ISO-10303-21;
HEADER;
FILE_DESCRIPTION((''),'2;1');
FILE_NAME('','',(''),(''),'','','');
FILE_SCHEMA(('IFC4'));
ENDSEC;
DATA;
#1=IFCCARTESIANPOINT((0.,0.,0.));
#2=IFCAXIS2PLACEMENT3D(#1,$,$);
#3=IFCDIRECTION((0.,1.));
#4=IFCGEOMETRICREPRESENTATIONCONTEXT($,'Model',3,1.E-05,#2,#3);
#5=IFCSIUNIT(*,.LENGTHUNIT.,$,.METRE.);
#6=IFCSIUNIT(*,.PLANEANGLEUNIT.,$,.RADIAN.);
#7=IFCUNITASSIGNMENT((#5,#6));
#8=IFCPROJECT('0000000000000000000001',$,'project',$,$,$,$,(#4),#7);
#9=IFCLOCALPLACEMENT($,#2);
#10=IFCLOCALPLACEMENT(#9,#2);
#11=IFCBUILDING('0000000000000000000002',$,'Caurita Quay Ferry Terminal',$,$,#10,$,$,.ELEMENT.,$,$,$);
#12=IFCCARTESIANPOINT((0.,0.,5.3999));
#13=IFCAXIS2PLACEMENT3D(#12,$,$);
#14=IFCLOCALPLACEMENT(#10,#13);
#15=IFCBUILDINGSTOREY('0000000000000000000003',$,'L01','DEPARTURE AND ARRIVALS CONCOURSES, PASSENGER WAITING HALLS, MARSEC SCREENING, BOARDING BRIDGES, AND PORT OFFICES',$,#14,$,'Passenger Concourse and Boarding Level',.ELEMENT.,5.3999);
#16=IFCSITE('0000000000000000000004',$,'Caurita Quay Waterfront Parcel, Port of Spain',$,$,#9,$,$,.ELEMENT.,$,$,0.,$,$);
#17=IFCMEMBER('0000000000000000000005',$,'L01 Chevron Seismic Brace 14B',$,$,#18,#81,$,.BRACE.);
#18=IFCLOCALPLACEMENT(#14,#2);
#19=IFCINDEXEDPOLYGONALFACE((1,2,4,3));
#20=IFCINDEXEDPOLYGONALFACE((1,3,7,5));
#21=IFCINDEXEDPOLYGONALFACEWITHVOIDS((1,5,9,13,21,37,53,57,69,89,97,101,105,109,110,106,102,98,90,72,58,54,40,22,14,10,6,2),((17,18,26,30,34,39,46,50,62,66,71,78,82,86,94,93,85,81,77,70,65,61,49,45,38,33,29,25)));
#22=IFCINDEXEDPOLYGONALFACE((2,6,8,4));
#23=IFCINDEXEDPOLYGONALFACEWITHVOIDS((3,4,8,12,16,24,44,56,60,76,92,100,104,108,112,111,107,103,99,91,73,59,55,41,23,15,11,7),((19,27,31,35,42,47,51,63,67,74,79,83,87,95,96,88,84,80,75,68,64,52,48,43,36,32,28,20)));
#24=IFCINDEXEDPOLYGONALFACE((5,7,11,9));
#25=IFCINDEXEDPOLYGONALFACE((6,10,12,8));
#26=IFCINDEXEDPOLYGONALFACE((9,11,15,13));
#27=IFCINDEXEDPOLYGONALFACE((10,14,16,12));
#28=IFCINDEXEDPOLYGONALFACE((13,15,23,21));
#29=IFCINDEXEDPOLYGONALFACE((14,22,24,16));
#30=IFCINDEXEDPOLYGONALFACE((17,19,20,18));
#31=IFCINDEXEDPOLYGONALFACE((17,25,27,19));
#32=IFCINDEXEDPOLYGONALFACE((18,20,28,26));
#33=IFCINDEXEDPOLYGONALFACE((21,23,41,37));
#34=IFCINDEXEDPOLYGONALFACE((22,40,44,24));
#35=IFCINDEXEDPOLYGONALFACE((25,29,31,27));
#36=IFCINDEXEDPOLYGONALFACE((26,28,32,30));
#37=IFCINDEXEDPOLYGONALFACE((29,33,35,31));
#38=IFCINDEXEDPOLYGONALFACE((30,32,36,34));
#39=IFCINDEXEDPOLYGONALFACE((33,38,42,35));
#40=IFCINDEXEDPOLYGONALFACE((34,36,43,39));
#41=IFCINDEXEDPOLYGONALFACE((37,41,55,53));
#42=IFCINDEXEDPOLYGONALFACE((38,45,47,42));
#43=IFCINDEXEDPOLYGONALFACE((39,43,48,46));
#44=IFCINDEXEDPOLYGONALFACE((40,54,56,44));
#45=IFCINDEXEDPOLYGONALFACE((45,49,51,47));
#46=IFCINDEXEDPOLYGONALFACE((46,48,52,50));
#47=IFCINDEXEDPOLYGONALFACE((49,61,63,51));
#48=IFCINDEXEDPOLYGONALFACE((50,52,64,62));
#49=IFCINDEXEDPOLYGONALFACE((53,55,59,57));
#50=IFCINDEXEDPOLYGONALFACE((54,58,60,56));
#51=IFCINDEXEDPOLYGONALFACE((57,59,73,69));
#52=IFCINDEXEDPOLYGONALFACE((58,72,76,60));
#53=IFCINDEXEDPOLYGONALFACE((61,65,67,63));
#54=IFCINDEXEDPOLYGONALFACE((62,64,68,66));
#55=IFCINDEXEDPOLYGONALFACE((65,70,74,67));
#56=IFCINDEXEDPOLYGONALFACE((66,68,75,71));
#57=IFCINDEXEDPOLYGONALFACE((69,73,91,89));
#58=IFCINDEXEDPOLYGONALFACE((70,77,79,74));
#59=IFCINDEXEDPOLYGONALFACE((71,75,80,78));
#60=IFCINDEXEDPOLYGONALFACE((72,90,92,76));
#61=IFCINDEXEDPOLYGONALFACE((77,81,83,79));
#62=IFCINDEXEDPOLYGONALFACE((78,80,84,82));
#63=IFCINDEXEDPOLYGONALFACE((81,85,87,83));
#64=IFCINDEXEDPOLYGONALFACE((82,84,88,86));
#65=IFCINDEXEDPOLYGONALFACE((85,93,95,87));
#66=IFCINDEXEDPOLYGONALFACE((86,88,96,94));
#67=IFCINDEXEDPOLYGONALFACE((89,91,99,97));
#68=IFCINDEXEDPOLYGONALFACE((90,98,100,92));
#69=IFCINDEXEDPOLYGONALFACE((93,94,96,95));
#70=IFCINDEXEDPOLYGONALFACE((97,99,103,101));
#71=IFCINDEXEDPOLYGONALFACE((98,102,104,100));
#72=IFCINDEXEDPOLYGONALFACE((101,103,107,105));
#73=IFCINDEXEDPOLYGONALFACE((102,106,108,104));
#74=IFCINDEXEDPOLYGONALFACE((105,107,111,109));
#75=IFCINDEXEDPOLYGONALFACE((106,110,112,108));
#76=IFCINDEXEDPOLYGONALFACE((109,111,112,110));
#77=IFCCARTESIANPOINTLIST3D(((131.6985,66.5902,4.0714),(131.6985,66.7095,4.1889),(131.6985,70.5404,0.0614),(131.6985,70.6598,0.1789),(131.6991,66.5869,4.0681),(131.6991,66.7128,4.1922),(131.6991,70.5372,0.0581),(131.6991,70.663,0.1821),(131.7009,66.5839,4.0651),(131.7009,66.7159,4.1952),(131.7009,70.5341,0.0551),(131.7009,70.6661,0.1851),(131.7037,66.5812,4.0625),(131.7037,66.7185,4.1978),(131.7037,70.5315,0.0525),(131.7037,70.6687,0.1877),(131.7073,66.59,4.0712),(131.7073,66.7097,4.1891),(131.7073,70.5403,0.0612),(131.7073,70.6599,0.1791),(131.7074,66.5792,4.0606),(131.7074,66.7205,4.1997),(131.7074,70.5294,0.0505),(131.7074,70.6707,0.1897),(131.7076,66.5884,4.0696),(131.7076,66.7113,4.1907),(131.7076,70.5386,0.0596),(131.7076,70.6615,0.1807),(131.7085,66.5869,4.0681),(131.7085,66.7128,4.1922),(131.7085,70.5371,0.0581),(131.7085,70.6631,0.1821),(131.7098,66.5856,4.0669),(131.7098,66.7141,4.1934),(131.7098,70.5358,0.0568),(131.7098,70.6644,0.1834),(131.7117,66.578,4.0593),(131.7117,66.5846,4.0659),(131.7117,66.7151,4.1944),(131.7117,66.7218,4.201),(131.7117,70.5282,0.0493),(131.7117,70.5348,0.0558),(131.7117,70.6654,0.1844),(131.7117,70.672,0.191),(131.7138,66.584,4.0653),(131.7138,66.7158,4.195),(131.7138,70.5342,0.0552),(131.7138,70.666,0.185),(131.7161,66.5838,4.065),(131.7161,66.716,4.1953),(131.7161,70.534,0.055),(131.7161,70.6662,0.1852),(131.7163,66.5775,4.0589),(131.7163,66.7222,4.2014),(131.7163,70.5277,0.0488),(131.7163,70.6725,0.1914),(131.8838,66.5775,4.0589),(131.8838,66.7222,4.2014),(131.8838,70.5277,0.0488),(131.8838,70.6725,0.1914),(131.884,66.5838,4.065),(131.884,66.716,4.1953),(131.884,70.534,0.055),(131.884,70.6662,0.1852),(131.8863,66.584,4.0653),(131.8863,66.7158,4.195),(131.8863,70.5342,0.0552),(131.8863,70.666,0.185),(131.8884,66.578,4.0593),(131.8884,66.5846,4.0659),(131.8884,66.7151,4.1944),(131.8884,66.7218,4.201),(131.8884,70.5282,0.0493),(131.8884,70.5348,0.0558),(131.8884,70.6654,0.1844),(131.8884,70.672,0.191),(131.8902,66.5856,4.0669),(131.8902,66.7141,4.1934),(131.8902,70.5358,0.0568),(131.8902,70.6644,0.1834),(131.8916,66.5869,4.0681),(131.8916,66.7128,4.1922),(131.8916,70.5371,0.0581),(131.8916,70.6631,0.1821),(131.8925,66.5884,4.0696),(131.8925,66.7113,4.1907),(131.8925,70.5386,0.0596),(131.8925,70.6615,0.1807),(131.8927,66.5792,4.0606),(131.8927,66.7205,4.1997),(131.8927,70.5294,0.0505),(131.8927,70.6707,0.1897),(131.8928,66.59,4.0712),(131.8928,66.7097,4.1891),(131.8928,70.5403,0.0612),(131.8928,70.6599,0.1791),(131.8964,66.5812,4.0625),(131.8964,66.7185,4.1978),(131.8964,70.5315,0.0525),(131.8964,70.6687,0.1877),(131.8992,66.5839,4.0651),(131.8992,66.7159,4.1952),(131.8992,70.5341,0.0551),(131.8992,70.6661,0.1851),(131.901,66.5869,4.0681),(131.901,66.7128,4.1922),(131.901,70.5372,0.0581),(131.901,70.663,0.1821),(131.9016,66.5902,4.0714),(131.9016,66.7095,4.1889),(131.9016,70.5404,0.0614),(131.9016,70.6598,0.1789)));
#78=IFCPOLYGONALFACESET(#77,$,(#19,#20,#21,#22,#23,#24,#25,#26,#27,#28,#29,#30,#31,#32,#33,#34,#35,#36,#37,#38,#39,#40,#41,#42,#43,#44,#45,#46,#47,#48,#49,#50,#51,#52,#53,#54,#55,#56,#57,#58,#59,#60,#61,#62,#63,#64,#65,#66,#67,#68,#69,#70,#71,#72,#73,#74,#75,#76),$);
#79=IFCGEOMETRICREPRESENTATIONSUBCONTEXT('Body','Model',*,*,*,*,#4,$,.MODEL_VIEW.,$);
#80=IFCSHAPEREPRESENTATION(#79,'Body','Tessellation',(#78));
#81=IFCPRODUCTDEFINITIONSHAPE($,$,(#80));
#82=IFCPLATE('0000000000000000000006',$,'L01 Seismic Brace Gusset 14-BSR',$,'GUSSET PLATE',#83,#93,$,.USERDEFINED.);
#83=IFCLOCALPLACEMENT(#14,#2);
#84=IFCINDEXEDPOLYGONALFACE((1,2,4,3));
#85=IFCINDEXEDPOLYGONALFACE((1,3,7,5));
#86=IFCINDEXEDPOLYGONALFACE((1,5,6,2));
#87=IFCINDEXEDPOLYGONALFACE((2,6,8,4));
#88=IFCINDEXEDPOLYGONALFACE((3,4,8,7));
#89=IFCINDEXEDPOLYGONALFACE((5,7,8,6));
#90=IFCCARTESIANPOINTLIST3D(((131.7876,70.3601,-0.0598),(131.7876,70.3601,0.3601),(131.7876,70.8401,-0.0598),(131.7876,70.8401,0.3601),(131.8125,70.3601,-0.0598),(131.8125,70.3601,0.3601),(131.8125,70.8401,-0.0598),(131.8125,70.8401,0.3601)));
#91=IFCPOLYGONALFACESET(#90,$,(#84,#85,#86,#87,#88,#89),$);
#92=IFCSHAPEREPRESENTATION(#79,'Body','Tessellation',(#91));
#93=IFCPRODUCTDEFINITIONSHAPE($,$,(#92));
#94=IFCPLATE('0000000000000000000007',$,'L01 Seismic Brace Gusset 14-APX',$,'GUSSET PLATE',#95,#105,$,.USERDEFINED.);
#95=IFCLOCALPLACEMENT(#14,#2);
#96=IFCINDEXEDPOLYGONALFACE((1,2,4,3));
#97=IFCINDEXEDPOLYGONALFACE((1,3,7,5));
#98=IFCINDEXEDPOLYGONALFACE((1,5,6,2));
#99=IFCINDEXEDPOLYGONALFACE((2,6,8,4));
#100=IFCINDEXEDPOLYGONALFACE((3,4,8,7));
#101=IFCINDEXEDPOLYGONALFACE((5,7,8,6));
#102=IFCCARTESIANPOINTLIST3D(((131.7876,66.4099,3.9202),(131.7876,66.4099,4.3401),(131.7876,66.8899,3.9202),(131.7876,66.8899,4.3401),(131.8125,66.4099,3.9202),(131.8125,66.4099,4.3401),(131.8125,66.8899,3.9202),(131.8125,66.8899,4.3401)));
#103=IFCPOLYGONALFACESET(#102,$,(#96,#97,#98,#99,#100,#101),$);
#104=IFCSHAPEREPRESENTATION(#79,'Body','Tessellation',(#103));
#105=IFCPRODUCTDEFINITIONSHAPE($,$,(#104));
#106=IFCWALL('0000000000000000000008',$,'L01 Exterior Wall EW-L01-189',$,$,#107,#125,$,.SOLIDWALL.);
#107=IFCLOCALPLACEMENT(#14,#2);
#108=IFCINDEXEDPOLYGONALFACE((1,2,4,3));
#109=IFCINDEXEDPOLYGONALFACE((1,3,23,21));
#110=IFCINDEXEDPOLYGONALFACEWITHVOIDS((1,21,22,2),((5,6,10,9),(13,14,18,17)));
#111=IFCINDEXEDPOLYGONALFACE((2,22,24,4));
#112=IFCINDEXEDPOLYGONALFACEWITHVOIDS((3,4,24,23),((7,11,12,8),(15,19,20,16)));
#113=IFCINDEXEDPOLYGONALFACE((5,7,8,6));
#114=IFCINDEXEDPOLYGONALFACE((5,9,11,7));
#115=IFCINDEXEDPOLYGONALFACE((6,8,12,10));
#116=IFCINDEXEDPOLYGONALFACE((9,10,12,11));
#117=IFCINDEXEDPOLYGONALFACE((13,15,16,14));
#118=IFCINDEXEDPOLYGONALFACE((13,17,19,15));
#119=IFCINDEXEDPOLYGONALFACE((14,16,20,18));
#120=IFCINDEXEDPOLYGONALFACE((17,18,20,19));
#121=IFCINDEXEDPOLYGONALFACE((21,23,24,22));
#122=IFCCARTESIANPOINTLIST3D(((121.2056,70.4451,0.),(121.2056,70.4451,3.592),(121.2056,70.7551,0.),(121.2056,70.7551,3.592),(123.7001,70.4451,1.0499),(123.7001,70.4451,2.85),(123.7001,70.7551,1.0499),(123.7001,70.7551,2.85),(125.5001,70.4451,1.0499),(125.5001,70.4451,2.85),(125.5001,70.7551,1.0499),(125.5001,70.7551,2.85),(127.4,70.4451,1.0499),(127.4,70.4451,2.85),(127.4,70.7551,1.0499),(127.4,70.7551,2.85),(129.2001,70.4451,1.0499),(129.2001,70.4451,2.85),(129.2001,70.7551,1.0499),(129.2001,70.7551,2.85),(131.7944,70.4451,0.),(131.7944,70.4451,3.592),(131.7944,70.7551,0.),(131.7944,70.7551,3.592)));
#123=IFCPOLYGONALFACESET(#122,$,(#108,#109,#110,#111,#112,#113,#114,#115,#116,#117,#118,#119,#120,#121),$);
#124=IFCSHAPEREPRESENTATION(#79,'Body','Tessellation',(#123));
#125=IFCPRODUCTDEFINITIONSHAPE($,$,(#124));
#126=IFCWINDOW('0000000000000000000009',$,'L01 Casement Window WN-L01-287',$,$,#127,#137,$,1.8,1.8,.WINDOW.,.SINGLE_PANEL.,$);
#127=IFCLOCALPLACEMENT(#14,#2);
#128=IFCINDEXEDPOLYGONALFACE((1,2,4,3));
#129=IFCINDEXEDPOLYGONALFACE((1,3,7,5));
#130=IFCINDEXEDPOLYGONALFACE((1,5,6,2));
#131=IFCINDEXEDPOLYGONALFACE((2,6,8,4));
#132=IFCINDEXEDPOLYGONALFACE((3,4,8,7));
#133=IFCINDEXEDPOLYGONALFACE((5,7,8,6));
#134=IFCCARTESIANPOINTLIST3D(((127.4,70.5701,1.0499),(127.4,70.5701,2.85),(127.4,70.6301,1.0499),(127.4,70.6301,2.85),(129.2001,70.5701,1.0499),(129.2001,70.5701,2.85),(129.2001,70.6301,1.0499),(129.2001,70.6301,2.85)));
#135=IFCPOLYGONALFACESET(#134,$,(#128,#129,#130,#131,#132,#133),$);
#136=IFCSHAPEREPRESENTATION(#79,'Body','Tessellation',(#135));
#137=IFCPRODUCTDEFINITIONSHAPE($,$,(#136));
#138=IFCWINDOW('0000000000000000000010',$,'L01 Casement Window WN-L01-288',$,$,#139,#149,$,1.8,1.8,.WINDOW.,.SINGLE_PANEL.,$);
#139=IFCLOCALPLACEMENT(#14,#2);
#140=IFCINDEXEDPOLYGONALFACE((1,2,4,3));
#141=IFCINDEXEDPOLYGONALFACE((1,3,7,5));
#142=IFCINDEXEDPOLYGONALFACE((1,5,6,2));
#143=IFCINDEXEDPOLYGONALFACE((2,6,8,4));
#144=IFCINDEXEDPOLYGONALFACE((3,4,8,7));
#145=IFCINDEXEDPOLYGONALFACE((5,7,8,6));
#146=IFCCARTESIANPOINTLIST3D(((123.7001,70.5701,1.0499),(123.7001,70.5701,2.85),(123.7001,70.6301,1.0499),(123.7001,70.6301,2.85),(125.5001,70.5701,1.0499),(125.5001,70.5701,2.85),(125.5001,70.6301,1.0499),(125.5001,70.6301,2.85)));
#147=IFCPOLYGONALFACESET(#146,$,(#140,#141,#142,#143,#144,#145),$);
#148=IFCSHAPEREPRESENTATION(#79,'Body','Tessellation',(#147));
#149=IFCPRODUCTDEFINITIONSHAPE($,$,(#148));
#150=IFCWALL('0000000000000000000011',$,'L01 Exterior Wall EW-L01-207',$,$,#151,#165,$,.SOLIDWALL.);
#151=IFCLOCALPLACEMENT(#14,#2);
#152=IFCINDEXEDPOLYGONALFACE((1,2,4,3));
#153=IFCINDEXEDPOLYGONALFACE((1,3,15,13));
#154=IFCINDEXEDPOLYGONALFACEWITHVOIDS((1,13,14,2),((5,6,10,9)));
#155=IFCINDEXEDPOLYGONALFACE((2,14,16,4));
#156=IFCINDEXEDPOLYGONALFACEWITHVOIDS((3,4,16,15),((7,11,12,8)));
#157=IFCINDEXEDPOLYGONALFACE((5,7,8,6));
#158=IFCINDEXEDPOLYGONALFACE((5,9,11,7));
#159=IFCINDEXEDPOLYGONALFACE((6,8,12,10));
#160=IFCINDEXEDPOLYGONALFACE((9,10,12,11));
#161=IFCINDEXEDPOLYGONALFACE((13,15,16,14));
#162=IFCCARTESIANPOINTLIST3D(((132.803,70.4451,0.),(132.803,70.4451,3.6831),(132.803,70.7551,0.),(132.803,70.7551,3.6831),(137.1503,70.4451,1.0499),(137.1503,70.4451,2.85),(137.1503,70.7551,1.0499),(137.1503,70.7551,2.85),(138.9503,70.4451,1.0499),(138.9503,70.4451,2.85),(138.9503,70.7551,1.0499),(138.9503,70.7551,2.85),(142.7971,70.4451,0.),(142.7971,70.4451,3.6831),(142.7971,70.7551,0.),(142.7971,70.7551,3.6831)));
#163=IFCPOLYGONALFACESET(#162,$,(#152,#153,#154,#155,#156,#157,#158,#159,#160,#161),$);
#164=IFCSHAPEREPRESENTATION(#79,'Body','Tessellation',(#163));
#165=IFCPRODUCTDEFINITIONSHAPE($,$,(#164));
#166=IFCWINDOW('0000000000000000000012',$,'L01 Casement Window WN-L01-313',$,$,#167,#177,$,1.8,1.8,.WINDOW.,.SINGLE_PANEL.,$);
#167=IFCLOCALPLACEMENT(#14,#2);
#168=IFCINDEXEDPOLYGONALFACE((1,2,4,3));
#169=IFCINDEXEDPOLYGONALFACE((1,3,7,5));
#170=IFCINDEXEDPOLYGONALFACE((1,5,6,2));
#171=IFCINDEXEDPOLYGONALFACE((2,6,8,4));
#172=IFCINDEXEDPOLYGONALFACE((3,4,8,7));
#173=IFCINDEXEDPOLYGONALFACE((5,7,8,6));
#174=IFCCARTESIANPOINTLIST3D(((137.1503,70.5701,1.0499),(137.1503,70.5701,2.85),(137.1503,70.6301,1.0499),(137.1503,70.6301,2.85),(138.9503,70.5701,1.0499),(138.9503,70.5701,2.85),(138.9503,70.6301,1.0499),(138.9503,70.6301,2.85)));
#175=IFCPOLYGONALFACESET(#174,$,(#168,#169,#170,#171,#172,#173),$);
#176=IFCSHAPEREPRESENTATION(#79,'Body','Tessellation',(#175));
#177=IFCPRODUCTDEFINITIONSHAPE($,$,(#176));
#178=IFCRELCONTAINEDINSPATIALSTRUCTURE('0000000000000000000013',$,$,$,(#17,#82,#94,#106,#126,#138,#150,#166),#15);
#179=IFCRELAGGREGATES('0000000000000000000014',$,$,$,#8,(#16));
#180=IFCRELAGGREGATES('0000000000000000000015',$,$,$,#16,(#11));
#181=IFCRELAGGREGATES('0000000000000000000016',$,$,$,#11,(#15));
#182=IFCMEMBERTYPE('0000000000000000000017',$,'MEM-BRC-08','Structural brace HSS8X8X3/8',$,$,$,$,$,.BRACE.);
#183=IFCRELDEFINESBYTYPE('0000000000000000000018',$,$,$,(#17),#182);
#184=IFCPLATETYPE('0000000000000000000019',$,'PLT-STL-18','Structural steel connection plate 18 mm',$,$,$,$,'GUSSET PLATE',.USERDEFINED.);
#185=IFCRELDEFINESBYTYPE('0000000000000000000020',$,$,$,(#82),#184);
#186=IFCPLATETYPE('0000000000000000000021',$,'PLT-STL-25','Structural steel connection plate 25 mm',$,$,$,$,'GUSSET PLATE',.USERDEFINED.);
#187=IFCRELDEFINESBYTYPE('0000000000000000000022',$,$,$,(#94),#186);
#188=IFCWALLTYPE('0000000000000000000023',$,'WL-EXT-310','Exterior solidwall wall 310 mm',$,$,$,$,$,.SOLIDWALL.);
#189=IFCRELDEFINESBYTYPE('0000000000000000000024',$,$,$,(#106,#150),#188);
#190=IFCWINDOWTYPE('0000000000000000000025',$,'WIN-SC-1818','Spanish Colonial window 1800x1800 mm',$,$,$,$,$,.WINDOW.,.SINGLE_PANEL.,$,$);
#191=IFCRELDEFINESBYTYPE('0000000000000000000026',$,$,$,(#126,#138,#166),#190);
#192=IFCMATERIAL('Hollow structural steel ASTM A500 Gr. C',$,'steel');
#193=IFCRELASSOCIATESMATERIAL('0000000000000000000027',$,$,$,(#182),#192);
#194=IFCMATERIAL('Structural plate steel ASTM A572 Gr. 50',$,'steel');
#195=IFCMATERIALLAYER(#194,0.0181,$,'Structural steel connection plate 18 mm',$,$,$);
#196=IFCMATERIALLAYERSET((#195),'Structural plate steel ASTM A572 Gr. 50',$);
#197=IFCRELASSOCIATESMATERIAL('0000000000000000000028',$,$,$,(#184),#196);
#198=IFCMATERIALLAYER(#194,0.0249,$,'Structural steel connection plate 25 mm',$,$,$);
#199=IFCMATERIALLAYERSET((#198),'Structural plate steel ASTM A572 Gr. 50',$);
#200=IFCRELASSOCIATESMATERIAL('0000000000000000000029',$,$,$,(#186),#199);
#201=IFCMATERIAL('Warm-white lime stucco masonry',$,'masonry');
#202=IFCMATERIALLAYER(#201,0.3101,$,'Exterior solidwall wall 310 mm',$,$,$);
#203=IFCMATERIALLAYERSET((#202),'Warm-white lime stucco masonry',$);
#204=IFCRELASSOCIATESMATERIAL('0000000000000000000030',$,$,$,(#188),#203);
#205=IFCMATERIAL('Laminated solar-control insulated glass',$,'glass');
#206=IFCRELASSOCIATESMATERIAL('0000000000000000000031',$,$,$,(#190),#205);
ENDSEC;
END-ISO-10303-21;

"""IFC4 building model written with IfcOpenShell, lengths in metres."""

from ifc_helpers import new_model, si_unit, direction, frame, frame_2d, origin, origin_2d, place, context, subcontext, project, spatial, rectangle, hollow_rectangle, extrude, material, layer, layer_set, material_profile, profile_set, type_object, element, fill, save


model = new_model("IFC4")

# Units and contexts
model_context = context("Model", 3, precision=1e-05, world=origin(), true_north=direction((0.0, 1.0)))
body_context = subcontext(model_context, "Body", "Model", "MODEL_VIEW")
ifc_project = project(units=[si_unit("LENGTHUNIT", "METRE"), si_unit("PLANEANGLEUNIT", "RADIAN")], contexts=[model_context])

# Site, building, storey
site_placement = place(None, origin())
site = spatial("IfcSite", under=ifc_project, at=site_placement, Name="Caurita Quay Waterfront Parcel, Port of Spain", CompositionType="ELEMENT", RefElevation=0.0)
building_placement = place(site_placement, origin())
building = spatial("IfcBuilding", under=site, at=building_placement, Name="Caurita Quay Ferry Terminal", CompositionType="ELEMENT")
storey_placement = place(building_placement, frame((0.0, 0.0, 5.3999)))
storey = spatial("IfcBuildingStorey", under=building, at=storey_placement, Name="L01", Description="DEPARTURE AND ARRIVALS CONCOURSES, PASSENGER WAITING HALLS, MARSEC SCREENING, BOARDING BRIDGES, AND PORT OFFICES", LongName="Passenger Concourse and Boarding Level", CompositionType="ELEMENT", Elevation=5.3999)

# Member
ifc_material_1 = material(Name="Hollow structural steel ASTM A500 Gr. C", Category="steel")
ifc_material_profile_1 = material_profile(ifc_material_1, hollow_rectangle(XDim=0.2031, YDim=0.2031, WallThickness=0.0088, InnerFilletRadius=0.0088, OuterFilletRadius=0.0178, at=origin_2d()), Name="HSS8X8X3/8")
ifc_profile_set_1 = profile_set([ifc_material_profile_1], Name="Hollow structural steel ASTM A500 Gr. C")
member_type = type_object("IfcMemberType", Name="MEM-BRC-08", Description="Structural brace HSS8X8X3/8", PredefinedType="BRACE", material=ifc_profile_set_1)
member_placement = place(storey_placement, frame((131.8, 70.6001, 0.1201), z_axis=(0.0, -0.701774, 0.7124), x_axis=(1.0, 0.0, 0.0)))
element("IfcMember", 1, at=member_placement, inside=storey, type_object=member_type, Name="L01 Chevron Seismic Brace 14B", PredefinedType="BRACE", context=body_context, shape_type="SweptSolid", body=[
    extrude(hollow_rectangle(XDim=0.2031, YDim=0.2031, WallThickness=0.0088, InnerFilletRadius=0.0088, OuterFilletRadius=0.0178, at=origin_2d()), origin(), (0.0, 0.0, 1.0), 5.6289),
])

# Plates
ifc_material_2 = material(Name="Structural plate steel ASTM A572 Gr. 50", Category="steel")
ifc_layer_1 = layer(ifc_material_2, 0.0181, Name="Structural steel connection plate 18 mm")
ifc_layer_set_1 = layer_set([ifc_layer_1], Name="Structural plate steel ASTM A572 Gr. 50")
plate_type_1 = type_object("IfcPlateType", Name="PLT-STL-18", Description="Structural steel connection plate 18 mm", ElementType="GUSSET PLATE", PredefinedType="USERDEFINED", material=ifc_layer_set_1)
plate_1_placement = place(storey_placement, frame((131.8, 70.6001, -0.0598), z_axis=(0.0, 0.0, 1.0), x_axis=(0.0, 1.0, 0.0)))
element("IfcPlate", 2, at=plate_1_placement, inside=storey, type_object=plate_type_1, Name="L01 Seismic Brace Gusset 14-BSR", ObjectType="GUSSET PLATE", PredefinedType="USERDEFINED", context=body_context, shape_type="SweptSolid", body=[
    extrude(rectangle(XDim=0.48, YDim=0.0249, at=origin_2d()), origin(), (0.0, 0.0, 1.0), 0.4199),
])
ifc_layer_2 = layer(ifc_material_2, 0.0249, Name="Structural steel connection plate 25 mm")
ifc_layer_set_2 = layer_set([ifc_layer_2], Name="Structural plate steel ASTM A572 Gr. 50")
plate_type_2 = type_object("IfcPlateType", Name="PLT-STL-25", Description="Structural steel connection plate 25 mm", ElementType="GUSSET PLATE", PredefinedType="USERDEFINED", material=ifc_layer_set_2)
plate_2_placement = place(storey_placement, frame((131.8, 66.6499, 3.9202), z_axis=(0.0, 0.0, 1.0), x_axis=(0.0, 1.0, 0.0)))
element("IfcPlate", 3, at=plate_2_placement, inside=storey, type_object=plate_type_2, Name="L01 Seismic Brace Gusset 14-APX", ObjectType="GUSSET PLATE", PredefinedType="USERDEFINED", context=body_context, shape_type="SweptSolid", body=[
    extrude(rectangle(XDim=0.48, YDim=0.0249, at=origin_2d()), origin(), (0.0, 0.0, 1.0), 0.4199),
])

# Wall, openings, windows
ifc_material_3 = material(Name="Warm-white lime stucco masonry", Category="masonry")
ifc_layer_3 = layer(ifc_material_3, 0.3101, Name="Exterior solidwall wall 310 mm")
ifc_layer_set_3 = layer_set([ifc_layer_3], Name="Warm-white lime stucco masonry")
wall_type = type_object("IfcWallType", Name="WL-EXT-310", Description="Exterior solidwall wall 310 mm", PredefinedType="SOLIDWALL", material=ifc_layer_set_3)
wall_1_placement = place(storey_placement, frame((131.7944, 70.6001, 0.0), z_axis=(0.0, 0.0, 1.0), x_axis=(-1.0, 0.0, 0.0)))
wall_1 = element("IfcWall", 4, at=wall_1_placement, inside=storey, type_object=wall_type, Name="L01 Exterior Wall EW-L01-189", PredefinedType="SOLIDWALL", context=body_context, shape_type="SweptSolid", body=[
    extrude(rectangle(XDim=10.5889, YDim=0.3101, at=frame_2d((5.2944, 0.0))), origin(), (0.0, 0.0, 1.0), 3.592),
])
opening_1_placement = place(wall_1_placement, frame((2.5945, 0.0, 1.05)))
opening_1 = element("IfcOpeningElement", 5, at=opening_1_placement, cuts=wall_1, PredefinedType="OPENING", context=body_context, shape_type="SweptSolid", body=[
    extrude(rectangle(XDim=1.8, YDim=1.8, at=frame_2d((0.8999, 0.8999))), frame((0.0, 0.165, 0.0), z_axis=(0.0, -1.0, 0.0), x_axis=(1.0, 0.0, 0.0)), (0.0, 0.0, 1.0), 0.3301),
])
opening_2_placement = place(wall_1_placement, frame((6.2944, 0.0, 1.05)))
opening_2 = element("IfcOpeningElement", 6, at=opening_2_placement, cuts=wall_1, PredefinedType="OPENING", context=body_context, shape_type="SweptSolid", body=[
    extrude(rectangle(XDim=1.8, YDim=1.8, at=frame_2d((0.8999, 0.8999))), frame((0.0, 0.165, 0.0), z_axis=(0.0, -1.0, 0.0), x_axis=(1.0, 0.0, 0.0)), (0.0, 0.0, 1.0), 0.3301),
])
ifc_material_4 = material(Name="Laminated solar-control insulated glass", Category="glass")
window_type = type_object("IfcWindowType", Name="WIN-SC-1818", Description="Spanish Colonial window 1800x1800 mm", PartitioningType="SINGLE_PANEL", PredefinedType="WINDOW", material=ifc_material_4)
window_1_placement = place(opening_1_placement, origin())
window_1 = element("IfcWindow", 7, at=window_1_placement, inside=storey, type_object=window_type, Name="L01 Casement Window WN-L01-287", OverallHeight=1.8, OverallWidth=1.8, PartitioningType="SINGLE_PANEL", PredefinedType="WINDOW", context=body_context, shape_type="SweptSolid", body=[
    extrude(rectangle(XDim=1.8, YDim=1.8, at=frame_2d((0.8999, 0.8999))), frame((0.0, 0.03, 0.0), z_axis=(0.0, -1.0, 0.0), x_axis=(1.0, 0.0, 0.0)), (0.0, 0.0, 1.0), 0.0601),
])
fill(opening_1, window_1)
window_2_placement = place(opening_2_placement, origin())
window_2 = element("IfcWindow", 8, at=window_2_placement, inside=storey, type_object=window_type, Name="L01 Casement Window WN-L01-288", OverallHeight=1.8, OverallWidth=1.8, PartitioningType="SINGLE_PANEL", PredefinedType="WINDOW", context=body_context, shape_type="SweptSolid", body=[
    extrude(rectangle(XDim=1.8, YDim=1.8, at=frame_2d((0.8999, 0.8999))), frame((0.0, 0.03, 0.0), z_axis=(0.0, -1.0, 0.0), x_axis=(1.0, 0.0, 0.0)), (0.0, 0.0, 1.0), 0.0601),
])
fill(opening_2, window_2)

# Wall, opening, window
wall_2_placement = place(storey_placement, frame((142.7971, 70.6001, 0.0), z_axis=(0.0, 0.0, 1.0), x_axis=(-1.0, 0.0, 0.0)))
wall_2 = element("IfcWall", 9, at=wall_2_placement, inside=storey, type_object=wall_type, Name="L01 Exterior Wall EW-L01-207", PredefinedType="SOLIDWALL", context=body_context, shape_type="SweptSolid", body=[
    extrude(rectangle(XDim=9.9941, YDim=0.3101, at=frame_2d((4.9971, 0.0))), origin(), (0.0, 0.0, 1.0), 3.6831),
])
opening_3_placement = place(wall_2_placement, frame((3.8469, 0.0, 1.05)))
opening_3 = element("IfcOpeningElement", 10, at=opening_3_placement, cuts=wall_2, PredefinedType="OPENING", context=body_context, shape_type="SweptSolid", body=[
    extrude(rectangle(XDim=1.8, YDim=1.8, at=frame_2d((0.8999, 0.8999))), frame((0.0, 0.165, 0.0), z_axis=(0.0, -1.0, 0.0), x_axis=(1.0, 0.0, 0.0)), (0.0, 0.0, 1.0), 0.3301),
])
window_3_placement = place(opening_3_placement, origin())
window_3 = element("IfcWindow", 11, at=window_3_placement, inside=storey, type_object=window_type, Name="L01 Casement Window WN-L01-313", OverallHeight=1.8, OverallWidth=1.8, PartitioningType="SINGLE_PANEL", PredefinedType="WINDOW", context=body_context, shape_type="SweptSolid", body=[
    extrude(rectangle(XDim=1.8, YDim=1.8, at=frame_2d((0.8999, 0.8999))), frame((0.0, 0.03, 0.0), z_axis=(0.0, -1.0, 0.0), x_axis=(1.0, 0.0, 0.0)), (0.0, 0.0, 1.0), 0.0601),
])
fill(opening_3, window_3)

save(model, "model.ifc")
